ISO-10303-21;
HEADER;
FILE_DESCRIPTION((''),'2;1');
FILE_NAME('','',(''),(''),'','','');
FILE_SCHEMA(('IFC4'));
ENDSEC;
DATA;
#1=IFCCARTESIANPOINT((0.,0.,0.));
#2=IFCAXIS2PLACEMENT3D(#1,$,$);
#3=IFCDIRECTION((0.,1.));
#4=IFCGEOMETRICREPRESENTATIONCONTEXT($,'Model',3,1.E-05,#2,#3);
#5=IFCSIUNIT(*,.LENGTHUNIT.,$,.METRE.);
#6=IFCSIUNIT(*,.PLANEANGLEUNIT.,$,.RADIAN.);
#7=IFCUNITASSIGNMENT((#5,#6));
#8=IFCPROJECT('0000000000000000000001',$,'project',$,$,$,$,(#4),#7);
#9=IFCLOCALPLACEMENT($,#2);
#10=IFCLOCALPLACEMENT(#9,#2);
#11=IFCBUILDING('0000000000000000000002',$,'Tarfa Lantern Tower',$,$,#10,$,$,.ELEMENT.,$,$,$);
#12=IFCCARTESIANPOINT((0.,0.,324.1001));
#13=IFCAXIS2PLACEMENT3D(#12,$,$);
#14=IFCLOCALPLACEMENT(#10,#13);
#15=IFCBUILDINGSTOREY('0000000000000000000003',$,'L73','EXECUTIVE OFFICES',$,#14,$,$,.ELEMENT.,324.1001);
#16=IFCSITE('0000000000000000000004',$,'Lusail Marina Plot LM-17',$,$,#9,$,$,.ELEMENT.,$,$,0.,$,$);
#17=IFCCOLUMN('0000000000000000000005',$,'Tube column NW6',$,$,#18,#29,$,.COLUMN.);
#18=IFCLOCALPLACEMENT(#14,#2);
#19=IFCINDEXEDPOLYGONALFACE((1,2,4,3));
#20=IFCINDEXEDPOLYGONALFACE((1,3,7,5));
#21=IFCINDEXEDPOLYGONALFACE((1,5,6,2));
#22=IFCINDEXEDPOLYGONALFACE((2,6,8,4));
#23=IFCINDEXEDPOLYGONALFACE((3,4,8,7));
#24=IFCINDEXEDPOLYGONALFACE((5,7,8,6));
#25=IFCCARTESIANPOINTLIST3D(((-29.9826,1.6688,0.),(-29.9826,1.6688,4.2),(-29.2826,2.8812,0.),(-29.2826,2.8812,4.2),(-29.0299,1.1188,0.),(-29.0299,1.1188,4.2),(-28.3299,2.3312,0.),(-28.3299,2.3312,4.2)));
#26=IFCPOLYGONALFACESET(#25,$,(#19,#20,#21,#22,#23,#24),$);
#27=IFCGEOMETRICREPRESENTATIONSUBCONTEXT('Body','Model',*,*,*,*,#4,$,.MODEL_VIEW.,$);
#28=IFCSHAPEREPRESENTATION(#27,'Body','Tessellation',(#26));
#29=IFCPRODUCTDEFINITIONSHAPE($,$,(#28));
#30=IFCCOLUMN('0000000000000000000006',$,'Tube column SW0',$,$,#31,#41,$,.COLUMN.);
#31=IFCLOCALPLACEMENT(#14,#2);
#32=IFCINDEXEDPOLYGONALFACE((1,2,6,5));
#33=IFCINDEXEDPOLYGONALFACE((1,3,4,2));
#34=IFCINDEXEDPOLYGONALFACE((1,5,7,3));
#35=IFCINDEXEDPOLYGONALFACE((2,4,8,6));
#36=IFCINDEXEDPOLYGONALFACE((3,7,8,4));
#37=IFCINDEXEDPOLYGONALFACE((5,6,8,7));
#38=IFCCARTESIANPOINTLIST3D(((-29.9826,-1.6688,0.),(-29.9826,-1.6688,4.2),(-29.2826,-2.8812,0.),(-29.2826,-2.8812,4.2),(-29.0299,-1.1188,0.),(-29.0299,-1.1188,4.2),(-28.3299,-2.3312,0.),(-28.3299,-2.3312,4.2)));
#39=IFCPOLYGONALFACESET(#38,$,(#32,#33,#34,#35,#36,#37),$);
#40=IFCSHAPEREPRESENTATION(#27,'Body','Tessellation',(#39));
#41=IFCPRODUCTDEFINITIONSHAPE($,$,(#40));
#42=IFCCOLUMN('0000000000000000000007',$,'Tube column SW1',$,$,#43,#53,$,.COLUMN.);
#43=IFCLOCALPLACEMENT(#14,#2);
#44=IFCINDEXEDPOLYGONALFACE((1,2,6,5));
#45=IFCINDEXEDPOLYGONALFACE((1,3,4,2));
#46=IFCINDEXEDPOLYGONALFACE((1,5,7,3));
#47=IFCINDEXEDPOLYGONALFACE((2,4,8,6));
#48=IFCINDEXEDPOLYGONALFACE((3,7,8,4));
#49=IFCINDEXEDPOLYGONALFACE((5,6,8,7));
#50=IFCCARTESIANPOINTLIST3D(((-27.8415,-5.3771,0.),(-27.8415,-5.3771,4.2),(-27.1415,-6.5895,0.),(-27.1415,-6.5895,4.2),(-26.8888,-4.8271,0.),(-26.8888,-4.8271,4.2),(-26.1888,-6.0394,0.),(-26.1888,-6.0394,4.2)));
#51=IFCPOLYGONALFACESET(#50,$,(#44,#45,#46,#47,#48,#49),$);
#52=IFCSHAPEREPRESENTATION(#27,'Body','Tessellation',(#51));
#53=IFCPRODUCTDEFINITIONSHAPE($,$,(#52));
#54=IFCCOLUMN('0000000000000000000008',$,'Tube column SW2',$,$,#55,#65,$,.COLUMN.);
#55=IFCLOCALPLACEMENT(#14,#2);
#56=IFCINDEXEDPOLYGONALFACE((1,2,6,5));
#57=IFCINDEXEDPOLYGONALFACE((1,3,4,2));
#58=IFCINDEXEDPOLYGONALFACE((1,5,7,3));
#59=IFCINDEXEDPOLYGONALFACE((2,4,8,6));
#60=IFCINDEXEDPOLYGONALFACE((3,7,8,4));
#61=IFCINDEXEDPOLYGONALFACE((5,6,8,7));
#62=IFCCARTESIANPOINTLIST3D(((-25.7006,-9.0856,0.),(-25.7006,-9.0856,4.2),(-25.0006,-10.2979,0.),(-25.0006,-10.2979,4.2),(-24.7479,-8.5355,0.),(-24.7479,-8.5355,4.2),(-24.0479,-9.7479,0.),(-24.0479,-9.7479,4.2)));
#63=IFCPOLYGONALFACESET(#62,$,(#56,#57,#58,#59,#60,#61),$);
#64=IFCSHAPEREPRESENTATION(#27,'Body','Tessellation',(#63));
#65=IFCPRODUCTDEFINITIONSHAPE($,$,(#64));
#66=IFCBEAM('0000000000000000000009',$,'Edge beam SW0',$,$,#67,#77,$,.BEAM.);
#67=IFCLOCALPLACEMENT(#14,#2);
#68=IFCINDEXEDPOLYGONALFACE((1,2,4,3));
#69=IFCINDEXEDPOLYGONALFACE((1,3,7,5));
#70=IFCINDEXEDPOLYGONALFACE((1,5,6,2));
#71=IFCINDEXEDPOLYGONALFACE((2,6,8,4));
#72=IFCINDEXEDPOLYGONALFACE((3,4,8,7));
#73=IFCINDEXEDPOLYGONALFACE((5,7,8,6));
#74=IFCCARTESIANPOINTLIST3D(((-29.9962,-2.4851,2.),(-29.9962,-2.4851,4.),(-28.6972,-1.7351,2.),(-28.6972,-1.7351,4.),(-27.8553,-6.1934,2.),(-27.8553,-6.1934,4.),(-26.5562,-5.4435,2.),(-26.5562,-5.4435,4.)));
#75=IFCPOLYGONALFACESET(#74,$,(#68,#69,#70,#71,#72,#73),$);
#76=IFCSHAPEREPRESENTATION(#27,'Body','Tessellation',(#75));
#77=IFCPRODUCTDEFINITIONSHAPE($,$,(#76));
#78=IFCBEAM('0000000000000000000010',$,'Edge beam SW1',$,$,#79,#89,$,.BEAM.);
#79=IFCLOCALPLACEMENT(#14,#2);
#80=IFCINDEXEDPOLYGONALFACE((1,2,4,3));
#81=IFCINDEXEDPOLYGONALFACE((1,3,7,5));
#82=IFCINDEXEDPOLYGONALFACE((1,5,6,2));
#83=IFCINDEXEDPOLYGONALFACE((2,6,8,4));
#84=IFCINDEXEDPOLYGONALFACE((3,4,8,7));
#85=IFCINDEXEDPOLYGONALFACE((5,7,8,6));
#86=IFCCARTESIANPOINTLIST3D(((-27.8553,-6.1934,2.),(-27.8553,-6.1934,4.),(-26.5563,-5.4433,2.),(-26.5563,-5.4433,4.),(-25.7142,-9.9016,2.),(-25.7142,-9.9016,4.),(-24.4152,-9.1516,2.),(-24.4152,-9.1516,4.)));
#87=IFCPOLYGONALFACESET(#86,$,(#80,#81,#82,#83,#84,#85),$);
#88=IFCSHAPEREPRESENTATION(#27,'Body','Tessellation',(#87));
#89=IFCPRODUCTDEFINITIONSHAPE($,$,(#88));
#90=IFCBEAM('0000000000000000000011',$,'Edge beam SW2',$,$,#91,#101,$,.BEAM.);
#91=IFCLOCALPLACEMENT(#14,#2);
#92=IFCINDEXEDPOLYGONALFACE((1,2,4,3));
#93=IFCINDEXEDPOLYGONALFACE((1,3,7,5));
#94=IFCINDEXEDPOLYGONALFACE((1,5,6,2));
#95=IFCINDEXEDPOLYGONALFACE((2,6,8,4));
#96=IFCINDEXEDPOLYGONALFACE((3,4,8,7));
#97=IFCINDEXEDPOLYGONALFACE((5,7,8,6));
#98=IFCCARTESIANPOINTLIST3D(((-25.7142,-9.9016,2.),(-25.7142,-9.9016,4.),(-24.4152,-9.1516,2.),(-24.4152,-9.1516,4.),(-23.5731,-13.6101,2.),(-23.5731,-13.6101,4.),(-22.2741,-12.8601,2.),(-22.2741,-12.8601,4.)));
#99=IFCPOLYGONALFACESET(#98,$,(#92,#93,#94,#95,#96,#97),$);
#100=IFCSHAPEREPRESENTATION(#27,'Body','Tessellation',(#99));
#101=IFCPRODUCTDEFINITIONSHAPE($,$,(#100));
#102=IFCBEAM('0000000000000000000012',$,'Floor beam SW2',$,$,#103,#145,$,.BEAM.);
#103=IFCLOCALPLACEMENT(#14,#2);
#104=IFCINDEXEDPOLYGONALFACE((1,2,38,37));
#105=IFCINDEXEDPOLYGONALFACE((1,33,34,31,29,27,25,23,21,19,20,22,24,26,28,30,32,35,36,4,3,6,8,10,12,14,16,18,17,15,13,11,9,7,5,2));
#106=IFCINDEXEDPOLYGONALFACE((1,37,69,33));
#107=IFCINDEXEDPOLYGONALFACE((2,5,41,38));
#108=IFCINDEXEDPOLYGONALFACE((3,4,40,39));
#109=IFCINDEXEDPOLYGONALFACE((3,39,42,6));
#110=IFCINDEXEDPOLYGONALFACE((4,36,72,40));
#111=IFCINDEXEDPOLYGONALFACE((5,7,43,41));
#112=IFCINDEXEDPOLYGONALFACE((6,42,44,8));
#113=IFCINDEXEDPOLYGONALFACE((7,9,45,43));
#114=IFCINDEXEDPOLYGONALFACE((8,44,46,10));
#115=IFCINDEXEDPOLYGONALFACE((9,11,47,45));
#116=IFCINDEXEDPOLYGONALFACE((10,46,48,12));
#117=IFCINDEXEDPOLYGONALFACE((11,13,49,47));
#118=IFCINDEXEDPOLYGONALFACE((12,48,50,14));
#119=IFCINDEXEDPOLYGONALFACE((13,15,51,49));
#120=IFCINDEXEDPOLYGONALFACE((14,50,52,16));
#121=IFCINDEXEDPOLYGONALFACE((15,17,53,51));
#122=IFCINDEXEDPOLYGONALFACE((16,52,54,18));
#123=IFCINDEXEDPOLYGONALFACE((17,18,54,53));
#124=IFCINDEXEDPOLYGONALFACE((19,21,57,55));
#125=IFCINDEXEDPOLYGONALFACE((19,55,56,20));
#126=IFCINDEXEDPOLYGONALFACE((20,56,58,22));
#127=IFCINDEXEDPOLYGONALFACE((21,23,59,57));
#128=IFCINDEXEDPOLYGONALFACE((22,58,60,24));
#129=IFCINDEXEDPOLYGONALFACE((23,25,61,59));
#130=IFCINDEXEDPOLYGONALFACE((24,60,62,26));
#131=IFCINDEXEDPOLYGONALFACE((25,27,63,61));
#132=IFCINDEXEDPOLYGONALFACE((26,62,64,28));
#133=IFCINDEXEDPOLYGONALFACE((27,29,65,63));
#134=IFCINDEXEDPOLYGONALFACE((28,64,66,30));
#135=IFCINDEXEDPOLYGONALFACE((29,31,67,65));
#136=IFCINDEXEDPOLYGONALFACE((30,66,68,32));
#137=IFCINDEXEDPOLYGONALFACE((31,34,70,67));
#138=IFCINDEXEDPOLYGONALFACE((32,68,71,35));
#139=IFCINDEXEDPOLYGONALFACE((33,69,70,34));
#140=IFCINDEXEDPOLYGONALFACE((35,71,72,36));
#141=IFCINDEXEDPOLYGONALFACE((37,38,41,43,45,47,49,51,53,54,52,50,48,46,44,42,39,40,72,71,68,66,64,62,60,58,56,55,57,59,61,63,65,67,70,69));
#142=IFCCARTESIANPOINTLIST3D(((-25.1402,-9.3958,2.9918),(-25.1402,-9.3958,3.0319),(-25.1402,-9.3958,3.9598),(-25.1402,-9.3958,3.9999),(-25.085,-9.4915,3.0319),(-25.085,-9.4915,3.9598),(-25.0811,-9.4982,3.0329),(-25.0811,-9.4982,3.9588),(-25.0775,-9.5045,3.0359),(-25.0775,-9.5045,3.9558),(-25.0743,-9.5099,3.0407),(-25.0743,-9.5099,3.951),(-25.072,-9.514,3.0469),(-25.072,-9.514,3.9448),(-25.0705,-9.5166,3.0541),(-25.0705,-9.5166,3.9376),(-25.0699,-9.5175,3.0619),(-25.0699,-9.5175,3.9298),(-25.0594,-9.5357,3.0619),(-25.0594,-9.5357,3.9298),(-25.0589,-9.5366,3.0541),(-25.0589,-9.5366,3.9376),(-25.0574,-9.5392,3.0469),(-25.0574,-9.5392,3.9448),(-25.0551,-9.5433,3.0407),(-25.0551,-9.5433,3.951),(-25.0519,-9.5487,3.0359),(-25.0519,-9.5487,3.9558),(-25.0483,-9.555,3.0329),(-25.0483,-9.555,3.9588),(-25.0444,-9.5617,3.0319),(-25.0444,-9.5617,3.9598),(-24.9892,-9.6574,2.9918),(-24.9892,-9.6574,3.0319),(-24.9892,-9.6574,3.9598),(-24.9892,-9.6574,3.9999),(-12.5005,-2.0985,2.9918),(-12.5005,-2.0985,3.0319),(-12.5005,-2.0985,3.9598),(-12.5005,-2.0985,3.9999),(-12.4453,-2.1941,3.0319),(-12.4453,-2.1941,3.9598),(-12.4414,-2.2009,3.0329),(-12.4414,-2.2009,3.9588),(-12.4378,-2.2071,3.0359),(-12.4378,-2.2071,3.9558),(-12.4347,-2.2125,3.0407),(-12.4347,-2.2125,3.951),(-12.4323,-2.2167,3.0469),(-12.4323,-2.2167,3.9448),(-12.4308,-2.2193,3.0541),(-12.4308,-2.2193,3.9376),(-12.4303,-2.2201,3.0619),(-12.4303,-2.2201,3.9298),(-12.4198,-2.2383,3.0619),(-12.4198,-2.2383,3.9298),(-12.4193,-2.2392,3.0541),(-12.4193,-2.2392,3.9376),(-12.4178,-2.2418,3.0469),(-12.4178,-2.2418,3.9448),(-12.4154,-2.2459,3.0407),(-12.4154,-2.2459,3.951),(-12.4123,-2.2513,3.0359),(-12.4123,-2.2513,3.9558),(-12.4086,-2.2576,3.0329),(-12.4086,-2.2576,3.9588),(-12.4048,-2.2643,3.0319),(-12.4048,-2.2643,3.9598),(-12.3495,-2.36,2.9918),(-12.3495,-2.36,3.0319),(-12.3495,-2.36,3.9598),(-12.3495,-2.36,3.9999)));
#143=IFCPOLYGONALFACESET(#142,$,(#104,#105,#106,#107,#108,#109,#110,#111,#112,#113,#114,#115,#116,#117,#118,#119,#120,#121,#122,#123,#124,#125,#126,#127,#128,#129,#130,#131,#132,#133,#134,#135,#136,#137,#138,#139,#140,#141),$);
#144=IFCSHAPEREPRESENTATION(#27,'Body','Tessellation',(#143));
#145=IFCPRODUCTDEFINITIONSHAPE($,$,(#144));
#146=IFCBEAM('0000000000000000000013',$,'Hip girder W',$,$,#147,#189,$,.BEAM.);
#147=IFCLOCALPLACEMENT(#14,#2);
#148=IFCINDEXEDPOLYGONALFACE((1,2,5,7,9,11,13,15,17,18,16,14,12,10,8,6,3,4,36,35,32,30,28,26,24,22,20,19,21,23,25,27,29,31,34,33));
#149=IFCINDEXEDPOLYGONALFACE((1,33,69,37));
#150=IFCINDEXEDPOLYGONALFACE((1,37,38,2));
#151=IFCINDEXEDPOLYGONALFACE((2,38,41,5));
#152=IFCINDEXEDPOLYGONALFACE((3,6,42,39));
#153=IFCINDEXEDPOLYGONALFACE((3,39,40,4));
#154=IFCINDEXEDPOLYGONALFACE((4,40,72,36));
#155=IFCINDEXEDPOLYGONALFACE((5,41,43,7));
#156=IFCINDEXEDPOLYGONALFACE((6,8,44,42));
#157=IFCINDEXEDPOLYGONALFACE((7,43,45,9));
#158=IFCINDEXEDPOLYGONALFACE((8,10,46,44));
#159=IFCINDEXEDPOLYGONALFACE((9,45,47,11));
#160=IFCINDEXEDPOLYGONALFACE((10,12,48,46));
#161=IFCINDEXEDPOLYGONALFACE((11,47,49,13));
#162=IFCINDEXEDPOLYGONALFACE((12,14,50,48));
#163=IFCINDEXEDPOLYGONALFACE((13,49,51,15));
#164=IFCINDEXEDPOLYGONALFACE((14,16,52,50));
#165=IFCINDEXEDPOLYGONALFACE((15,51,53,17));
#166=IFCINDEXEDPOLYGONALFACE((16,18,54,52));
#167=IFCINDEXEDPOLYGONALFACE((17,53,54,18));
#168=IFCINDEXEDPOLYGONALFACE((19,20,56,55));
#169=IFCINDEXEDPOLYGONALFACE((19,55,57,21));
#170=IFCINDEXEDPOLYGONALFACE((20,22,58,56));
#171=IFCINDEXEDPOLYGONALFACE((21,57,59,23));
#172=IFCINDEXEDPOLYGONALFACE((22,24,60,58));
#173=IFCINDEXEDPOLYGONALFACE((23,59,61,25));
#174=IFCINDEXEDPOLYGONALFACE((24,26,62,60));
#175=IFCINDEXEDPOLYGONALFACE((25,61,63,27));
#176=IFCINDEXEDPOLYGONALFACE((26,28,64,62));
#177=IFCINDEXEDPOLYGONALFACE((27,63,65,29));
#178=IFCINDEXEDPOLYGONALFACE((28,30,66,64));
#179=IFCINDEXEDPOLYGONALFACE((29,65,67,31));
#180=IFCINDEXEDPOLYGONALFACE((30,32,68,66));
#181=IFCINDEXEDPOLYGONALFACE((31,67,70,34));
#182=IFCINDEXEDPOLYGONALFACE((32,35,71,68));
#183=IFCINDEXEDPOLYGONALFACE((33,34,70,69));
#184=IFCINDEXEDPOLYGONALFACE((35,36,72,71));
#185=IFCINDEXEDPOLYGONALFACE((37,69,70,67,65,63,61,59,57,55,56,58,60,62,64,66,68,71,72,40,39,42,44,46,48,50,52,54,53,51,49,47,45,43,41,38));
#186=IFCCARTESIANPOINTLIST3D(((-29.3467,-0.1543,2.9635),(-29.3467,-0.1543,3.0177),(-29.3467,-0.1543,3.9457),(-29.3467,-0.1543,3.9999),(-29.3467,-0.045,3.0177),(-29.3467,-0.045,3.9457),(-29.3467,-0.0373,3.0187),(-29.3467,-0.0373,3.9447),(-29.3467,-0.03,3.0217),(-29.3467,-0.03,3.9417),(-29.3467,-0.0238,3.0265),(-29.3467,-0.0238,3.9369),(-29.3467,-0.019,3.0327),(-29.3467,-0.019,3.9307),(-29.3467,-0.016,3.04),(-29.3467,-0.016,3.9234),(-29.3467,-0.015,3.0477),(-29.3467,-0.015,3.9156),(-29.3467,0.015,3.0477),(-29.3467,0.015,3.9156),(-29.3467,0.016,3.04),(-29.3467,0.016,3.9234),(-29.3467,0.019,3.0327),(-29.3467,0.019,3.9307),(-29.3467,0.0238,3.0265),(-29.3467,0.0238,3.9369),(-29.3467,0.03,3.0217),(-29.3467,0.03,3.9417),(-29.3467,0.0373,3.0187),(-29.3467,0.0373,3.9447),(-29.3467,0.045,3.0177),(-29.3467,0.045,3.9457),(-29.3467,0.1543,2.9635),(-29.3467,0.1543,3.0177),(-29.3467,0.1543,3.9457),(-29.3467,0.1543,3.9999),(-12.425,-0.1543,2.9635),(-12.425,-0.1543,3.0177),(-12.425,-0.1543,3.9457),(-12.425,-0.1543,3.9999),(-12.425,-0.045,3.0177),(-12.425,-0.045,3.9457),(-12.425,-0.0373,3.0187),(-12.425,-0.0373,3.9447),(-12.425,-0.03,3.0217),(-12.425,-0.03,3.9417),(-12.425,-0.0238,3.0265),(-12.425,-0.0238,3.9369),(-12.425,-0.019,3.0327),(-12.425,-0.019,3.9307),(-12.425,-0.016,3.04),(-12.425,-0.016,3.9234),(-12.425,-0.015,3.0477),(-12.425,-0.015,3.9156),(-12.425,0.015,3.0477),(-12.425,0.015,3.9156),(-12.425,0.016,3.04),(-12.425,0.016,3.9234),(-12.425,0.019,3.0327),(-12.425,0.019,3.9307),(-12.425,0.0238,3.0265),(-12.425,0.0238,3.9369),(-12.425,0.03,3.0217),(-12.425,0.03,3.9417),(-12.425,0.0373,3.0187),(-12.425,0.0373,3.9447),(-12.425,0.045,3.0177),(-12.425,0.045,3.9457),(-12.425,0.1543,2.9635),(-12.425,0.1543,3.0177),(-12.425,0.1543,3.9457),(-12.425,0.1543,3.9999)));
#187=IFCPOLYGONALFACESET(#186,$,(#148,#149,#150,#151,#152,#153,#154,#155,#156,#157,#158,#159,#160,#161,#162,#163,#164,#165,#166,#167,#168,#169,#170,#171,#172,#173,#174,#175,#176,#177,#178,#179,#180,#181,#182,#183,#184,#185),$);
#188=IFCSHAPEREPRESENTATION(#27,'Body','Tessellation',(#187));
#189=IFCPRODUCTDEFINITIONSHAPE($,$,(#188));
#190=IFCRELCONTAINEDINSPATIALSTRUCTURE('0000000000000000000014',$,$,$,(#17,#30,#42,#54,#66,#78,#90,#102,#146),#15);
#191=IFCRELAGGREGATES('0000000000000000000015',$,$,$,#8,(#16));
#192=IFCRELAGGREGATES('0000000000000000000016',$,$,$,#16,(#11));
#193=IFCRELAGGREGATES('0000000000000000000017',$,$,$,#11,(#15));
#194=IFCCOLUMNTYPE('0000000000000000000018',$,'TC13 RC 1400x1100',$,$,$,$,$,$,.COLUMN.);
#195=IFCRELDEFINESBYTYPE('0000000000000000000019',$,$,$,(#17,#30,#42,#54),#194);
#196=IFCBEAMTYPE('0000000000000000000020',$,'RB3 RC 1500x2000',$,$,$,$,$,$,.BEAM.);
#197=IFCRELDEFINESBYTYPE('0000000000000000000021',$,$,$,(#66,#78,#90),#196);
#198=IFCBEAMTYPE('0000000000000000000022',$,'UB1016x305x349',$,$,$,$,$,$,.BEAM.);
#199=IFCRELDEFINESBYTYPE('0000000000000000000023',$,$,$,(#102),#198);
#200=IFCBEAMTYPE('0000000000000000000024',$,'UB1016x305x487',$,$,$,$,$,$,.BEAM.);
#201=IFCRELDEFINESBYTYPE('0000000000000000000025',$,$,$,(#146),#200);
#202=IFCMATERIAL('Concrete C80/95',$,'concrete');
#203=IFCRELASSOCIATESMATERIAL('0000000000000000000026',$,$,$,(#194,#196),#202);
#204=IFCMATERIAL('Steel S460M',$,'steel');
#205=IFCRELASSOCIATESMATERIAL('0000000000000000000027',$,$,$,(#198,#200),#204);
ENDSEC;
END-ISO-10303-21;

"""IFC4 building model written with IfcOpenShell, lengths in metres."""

from ifc_helpers import new_model, si_unit, direction, frame, origin, origin_2d, place, context, subcontext, project, spatial, rectangle, i_section, extrude, material, material_profile, profile_set, type_object, element, save


model = new_model("IFC4")

# Units and contexts
model_context = context("Model", 3, precision=1e-05, world=origin(), true_north=direction((0.0, 1.0)))
body_context = subcontext(model_context, "Body", "Model", "MODEL_VIEW")
ifc_project = project(units=[si_unit("LENGTHUNIT", "METRE"), si_unit("PLANEANGLEUNIT", "RADIAN")], contexts=[model_context])

# Site, building, storey
site_placement = place(None, origin())
site = spatial("IfcSite", under=ifc_project, at=site_placement, Name="Lusail Marina Plot LM-17", CompositionType="ELEMENT", RefElevation=0.0)
building_placement = place(site_placement, origin())
building = spatial("IfcBuilding", under=site, at=building_placement, Name="Tarfa Lantern Tower", CompositionType="ELEMENT")
storey_placement = place(building_placement, frame((0.0, 0.0, 324.1001)))
storey = spatial("IfcBuildingStorey", under=building, at=storey_placement, Name="L73", Description="EXECUTIVE OFFICES", CompositionType="ELEMENT", Elevation=324.1001)

# Columns
ifc_material_1 = material(Name="Concrete C80/95", Category="concrete")
ifc_material_profile_1 = material_profile(ifc_material_1, rectangle(XDim=1.3999, YDim=1.1001, at=origin_2d()), Name="RC 1400x1100")
ifc_profile_set_1 = profile_set([ifc_material_profile_1], Name="Concrete C80/95")
column_type = type_object("IfcColumnType", Name="TC13 RC 1400x1100", PredefinedType="COLUMN", material=ifc_profile_set_1)
for number, where, z_axis, x_axis, name in (
    (1, (-29.1562, 2.0, 0.0), (0.0, 0.0, 1.0), (-0.5, -0.866025, 0.0), "Tube column NW6"),
    (2, (-29.1562, -2.0, 0.0), (0.0, 0.0, 1.0), (0.5, -0.866025, 0.0), "Tube column SW0"),
    (3, (-27.0151, -5.7083, 0.0), (0.0, 0.0, 1.0), (0.5, -0.866025, 0.0), "Tube column SW1"),
    (4, (-24.8743, -9.4167, 0.0), (0.0, 0.0, 1.0), (0.5, -0.866025, 0.0), "Tube column SW2"),
):
    element("IfcColumn", number, at=place(storey_placement, frame(where, z_axis=z_axis, x_axis=x_axis)), inside=storey, type_object=column_type, Name=name, PredefinedType="COLUMN", context=body_context, shape_type="SweptSolid", body=[
        extrude(rectangle(XDim=1.3999, YDim=1.1001, at=origin_2d()), origin(), (0.0, 0.0, 1.0), 4.2),
    ])

# Beams
ifc_material_profile_2 = material_profile(ifc_material_1, rectangle(XDim=1.5, YDim=2.0, at=origin_2d()), Name="RC 1500x2000")
ifc_profile_set_2 = profile_set([ifc_material_profile_2], Name="Concrete C80/95")
beam_type_1 = type_object("IfcBeamType", Name="RB3 RC 1500x2000", PredefinedType="BEAM", material=ifc_profile_set_2)
for number, where, z_axis, x_axis, name in (
    (5, (-29.3467, -2.1101, 3.0), (0.499984, -0.866035, 0.0), (0.866035, 0.499984, 0.0), "Edge beam SW0"),
    (6, (-27.2058, -5.8184, 3.0), (0.500027, -0.86601, 0.0), (0.86601, 0.500027, 0.0), "Edge beam SW1"),
):
    element("IfcBeam", number, at=place(storey_placement, frame(where, z_axis=z_axis, x_axis=x_axis)), inside=storey, type_object=beam_type_1, Name=name, PredefinedType="BEAM", context=body_context, shape_type="SweptSolid", body=[
        extrude(rectangle(XDim=1.5, YDim=2.0, at=origin_2d()), origin(), (0.0, 0.0, 1.0), 4.282),
    ])
beam_1_placement = place(storey_placement, frame((-25.0647, -9.5266, 3.0), z_axis=(0.500002, -0.866024, 0.0), x_axis=(0.866024, 0.500002, 0.0)))
element("IfcBeam", 7, at=beam_1_placement, inside=storey, type_object=beam_type_1, Name="Edge beam SW2", PredefinedType="BEAM", context=body_context, shape_type="SweptSolid", body=[
    extrude(rectangle(XDim=1.5, YDim=2.0, at=origin_2d()), origin(), (0.0, 0.0, 1.0), 4.2822),
])
ifc_material_2 = material(Name="Steel S460M", Category="steel")
ifc_material_profile_3 = material_profile(ifc_material_2, i_section(OverallWidth=0.302, OverallDepth=1.0081, WebThickness=0.021, FlangeThickness=0.04, FilletRadius=0.03, at=origin_2d()), Name="UB1016x305x349")
ifc_profile_set_3 = profile_set([ifc_material_profile_3], Name="Steel S460M")
beam_type_2 = type_object("IfcBeamType", Name="UB1016x305x349", PredefinedType="BEAM", material=ifc_profile_set_3)
beam_2_placement = place(storey_placement, frame((-25.0647, -9.5266, 3.4958), z_axis=(0.86603, 0.499993, 0.0), x_axis=(-0.499993, 0.86603, 0.0)))
element("IfcBeam", 8, at=beam_2_placement, inside=storey, type_object=beam_type_2, Name="Floor beam SW2", PredefinedType="BEAM", context=body_context, shape_type="SweptSolid", body=[
    extrude(i_section(OverallWidth=0.302, OverallDepth=1.0081, WebThickness=0.021, FlangeThickness=0.04, FilletRadius=0.03, at=origin_2d()), origin(), (0.0, 0.0, 1.0), 14.595),
])
ifc_material_profile_4 = material_profile(ifc_material_2, i_section(OverallWidth=0.3086, OverallDepth=1.0364, WebThickness=0.03, FlangeThickness=0.0542, FilletRadius=0.03, at=origin_2d()), Name="UB1016x305x487")
ifc_profile_set_4 = profile_set([ifc_material_profile_4], Name="Steel S460M")
beam_type_3 = type_object("IfcBeamType", Name="UB1016x305x487", PredefinedType="BEAM", material=ifc_profile_set_4)
beam_3_placement = place(storey_placement, frame((-12.425, 0.0, 3.4817), z_axis=(-1.0, 0.0, 0.0), x_axis=(0.0, -1.0, 0.0)))
element("IfcBeam", 9, at=beam_3_placement, inside=storey, type_object=beam_type_3, Name="Hip girder W", PredefinedType="BEAM", context=body_context, shape_type="SweptSolid", body=[
    extrude(i_section(OverallWidth=0.3086, OverallDepth=1.0364, WebThickness=0.03, FlangeThickness=0.0542, FilletRadius=0.03, at=origin_2d()), origin(), (0.0, 0.0, 1.0), 16.9216),
])

save(model, "model.ifc")
